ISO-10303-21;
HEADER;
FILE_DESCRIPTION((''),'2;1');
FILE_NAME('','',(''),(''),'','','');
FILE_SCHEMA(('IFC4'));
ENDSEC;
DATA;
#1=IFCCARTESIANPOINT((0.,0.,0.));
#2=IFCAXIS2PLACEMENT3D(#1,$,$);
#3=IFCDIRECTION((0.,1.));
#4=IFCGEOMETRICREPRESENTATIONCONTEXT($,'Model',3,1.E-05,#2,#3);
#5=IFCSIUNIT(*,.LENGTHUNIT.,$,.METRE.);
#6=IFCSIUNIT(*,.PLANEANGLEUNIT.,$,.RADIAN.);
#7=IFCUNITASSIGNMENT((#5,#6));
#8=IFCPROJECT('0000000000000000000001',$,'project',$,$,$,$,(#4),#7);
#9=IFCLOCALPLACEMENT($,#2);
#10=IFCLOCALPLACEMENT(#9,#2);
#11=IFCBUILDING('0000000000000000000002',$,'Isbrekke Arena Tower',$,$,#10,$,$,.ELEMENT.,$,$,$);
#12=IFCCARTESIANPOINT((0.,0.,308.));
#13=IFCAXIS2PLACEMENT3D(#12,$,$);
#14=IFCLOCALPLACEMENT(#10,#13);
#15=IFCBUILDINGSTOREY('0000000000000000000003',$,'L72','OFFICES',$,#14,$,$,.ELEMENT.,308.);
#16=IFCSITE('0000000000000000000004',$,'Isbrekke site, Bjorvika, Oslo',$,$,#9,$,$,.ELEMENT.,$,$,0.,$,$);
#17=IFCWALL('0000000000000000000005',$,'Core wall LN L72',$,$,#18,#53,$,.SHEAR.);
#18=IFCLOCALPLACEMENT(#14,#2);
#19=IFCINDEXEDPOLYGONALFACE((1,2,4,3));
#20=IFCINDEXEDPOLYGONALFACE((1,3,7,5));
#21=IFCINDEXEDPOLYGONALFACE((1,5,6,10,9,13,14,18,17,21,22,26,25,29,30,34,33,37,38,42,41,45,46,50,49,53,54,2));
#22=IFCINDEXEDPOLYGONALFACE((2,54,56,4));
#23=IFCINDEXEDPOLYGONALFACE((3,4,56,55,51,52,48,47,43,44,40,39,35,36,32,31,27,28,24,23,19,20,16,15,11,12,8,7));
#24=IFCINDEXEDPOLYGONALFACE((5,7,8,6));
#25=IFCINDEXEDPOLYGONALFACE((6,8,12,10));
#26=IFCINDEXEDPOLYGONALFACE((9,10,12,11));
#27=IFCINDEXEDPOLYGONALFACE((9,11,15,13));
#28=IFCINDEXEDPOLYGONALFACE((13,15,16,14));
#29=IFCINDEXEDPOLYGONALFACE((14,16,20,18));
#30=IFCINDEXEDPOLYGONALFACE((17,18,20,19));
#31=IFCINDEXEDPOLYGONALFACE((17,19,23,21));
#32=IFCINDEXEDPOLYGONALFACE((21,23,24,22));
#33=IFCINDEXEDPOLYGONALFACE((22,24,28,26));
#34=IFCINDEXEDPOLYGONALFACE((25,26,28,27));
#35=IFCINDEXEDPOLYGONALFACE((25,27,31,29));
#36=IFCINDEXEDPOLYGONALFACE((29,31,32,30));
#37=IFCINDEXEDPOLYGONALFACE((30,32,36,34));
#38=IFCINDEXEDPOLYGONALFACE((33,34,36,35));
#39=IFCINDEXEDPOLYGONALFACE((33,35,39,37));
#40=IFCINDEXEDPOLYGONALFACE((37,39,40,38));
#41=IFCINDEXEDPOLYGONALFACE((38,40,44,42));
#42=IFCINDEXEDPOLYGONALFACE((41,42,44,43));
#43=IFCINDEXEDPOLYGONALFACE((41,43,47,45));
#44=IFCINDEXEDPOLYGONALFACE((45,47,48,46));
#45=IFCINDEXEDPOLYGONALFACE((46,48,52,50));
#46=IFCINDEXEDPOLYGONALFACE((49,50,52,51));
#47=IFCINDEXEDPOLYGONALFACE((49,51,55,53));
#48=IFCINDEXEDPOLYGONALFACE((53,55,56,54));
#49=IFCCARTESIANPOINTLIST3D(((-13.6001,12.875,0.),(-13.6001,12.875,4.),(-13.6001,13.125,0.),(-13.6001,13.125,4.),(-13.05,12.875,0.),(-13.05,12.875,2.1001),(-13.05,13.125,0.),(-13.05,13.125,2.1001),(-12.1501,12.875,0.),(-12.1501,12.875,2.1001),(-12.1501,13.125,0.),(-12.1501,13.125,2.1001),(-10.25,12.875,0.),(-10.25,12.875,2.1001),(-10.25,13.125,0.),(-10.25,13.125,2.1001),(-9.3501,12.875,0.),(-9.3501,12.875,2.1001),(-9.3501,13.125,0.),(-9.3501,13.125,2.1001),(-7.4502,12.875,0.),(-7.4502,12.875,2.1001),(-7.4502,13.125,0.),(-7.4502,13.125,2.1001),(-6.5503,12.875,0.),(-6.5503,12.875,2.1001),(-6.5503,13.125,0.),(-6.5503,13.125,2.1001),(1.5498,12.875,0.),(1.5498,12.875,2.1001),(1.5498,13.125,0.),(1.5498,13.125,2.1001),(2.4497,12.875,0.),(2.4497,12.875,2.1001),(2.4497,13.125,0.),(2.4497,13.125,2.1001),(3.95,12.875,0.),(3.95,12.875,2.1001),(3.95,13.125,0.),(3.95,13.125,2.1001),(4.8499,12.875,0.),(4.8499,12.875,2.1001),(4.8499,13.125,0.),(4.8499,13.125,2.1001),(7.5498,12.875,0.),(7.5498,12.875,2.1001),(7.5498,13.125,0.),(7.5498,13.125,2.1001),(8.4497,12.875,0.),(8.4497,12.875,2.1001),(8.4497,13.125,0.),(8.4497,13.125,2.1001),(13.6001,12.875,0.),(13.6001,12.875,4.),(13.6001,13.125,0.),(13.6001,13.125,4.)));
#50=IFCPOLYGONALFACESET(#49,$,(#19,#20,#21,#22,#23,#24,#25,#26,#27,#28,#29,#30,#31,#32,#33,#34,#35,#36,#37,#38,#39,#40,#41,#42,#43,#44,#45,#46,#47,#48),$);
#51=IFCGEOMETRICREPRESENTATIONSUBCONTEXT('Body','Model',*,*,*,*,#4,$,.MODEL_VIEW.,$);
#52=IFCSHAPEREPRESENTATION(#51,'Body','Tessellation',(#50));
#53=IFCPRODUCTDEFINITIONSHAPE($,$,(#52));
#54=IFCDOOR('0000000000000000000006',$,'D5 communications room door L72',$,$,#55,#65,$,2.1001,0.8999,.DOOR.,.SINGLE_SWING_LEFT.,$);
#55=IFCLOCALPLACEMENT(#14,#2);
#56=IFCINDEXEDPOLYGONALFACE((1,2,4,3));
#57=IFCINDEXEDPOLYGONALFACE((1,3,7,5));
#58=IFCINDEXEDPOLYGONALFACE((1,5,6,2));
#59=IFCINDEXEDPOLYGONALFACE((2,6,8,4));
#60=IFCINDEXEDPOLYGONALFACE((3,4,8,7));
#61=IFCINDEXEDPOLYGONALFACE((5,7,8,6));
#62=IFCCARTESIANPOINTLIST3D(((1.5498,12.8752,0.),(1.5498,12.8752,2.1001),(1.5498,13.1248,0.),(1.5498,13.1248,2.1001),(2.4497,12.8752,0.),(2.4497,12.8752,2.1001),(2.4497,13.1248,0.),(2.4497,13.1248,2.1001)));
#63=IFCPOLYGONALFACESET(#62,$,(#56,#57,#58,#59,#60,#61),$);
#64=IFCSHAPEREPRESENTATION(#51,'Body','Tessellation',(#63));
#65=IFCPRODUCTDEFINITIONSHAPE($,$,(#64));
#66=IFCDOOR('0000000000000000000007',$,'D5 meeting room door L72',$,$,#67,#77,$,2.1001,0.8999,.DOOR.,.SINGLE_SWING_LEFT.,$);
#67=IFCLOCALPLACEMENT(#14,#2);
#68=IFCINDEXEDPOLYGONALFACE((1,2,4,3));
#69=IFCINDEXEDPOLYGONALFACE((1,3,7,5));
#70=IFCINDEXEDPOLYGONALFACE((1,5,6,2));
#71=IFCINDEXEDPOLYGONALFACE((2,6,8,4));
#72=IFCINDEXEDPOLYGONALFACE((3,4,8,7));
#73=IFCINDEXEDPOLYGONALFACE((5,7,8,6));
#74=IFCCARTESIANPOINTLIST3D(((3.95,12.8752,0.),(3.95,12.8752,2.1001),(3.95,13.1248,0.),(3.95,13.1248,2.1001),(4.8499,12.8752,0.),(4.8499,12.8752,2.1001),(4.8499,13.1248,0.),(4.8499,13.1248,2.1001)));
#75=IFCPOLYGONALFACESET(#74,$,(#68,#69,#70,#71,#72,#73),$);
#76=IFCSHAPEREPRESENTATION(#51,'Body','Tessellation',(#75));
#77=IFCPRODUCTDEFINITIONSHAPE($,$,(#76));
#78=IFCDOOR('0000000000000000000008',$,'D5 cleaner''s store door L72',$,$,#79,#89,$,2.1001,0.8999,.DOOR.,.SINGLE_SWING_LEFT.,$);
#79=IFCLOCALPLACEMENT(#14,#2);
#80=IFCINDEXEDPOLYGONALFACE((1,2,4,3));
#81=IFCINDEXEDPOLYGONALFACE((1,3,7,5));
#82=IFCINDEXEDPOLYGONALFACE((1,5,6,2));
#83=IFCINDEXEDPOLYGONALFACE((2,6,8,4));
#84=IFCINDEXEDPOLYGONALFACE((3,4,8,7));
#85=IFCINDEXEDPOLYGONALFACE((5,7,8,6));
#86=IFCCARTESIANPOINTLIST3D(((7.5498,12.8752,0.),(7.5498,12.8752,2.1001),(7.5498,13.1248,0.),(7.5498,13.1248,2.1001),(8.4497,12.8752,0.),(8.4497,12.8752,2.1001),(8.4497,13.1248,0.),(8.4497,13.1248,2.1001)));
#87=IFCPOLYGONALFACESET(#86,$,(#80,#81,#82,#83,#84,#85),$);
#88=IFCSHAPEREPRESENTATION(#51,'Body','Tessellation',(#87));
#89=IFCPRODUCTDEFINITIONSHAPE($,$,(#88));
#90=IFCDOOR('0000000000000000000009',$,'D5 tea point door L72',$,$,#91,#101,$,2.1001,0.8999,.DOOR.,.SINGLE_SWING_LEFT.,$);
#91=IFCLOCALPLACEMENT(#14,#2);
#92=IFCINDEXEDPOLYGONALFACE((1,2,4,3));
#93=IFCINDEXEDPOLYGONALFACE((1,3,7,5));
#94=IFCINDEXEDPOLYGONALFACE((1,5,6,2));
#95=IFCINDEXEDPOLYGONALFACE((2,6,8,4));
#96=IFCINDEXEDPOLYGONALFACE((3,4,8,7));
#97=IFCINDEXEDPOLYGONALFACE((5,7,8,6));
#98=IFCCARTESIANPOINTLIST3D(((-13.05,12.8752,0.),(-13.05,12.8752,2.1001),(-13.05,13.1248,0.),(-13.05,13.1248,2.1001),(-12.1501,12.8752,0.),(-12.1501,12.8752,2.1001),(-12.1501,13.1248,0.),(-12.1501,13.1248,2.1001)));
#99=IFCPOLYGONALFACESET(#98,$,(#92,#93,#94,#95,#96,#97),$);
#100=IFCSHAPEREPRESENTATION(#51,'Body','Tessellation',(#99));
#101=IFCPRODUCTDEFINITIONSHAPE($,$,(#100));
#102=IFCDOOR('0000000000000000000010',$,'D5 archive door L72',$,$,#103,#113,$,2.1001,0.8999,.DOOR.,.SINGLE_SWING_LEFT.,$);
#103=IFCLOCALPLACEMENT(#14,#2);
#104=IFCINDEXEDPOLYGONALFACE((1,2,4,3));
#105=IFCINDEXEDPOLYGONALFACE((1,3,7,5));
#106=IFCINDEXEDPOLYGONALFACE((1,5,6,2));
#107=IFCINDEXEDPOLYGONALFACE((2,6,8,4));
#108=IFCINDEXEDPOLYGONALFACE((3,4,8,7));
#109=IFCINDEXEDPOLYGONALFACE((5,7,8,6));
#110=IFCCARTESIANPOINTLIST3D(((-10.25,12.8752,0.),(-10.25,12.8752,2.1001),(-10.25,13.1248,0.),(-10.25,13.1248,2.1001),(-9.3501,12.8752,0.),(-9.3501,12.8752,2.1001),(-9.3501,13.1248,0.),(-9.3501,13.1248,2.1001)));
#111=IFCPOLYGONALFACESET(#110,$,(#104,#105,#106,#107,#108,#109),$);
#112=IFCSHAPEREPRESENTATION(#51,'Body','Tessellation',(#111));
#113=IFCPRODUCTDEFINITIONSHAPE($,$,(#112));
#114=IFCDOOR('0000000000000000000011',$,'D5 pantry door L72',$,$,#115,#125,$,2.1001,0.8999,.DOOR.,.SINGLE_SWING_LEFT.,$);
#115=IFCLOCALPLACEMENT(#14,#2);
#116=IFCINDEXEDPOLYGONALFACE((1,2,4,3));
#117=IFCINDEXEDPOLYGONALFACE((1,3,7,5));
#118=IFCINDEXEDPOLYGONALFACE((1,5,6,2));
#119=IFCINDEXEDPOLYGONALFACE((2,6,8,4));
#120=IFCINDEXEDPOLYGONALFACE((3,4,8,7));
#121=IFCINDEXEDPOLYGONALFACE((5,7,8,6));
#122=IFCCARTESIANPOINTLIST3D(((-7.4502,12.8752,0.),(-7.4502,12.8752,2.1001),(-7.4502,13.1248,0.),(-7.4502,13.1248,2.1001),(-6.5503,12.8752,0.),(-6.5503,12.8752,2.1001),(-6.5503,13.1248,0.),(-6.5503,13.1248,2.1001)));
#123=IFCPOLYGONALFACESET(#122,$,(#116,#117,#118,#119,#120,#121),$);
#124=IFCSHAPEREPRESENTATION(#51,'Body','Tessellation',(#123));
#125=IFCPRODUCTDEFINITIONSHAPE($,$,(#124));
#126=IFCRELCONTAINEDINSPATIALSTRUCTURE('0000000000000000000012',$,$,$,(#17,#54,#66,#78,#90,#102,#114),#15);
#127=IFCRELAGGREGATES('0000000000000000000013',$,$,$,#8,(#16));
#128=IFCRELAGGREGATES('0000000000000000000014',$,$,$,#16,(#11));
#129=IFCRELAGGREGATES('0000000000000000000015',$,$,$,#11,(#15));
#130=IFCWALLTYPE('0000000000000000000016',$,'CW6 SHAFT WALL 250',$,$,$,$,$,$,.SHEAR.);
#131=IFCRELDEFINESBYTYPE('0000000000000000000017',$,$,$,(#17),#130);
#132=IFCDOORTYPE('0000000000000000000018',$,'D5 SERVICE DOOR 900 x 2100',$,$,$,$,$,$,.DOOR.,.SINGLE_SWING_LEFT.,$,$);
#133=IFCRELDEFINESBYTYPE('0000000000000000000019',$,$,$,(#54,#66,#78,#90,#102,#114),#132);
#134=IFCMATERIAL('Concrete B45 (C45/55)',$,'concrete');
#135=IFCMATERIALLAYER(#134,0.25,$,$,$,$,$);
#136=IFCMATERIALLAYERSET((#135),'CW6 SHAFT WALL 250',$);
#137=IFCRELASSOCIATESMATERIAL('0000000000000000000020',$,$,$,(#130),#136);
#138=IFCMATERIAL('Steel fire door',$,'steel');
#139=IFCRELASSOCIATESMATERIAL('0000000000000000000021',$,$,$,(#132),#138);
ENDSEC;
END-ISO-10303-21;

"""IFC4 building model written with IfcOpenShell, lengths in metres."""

from ifc_helpers import new_model, si_unit, direction, frame, frame_2d, origin, place, context, subcontext, project, spatial, rectangle, extrude, material, layer, layer_set, type_object, element, fill, save


model = new_model("IFC4")

# Units and contexts
model_context = context("Model", 3, precision=1e-05, world=origin(), true_north=direction((0.0, 1.0)))
body_context = subcontext(model_context, "Body", "Model", "MODEL_VIEW")
ifc_project = project(units=[si_unit("LENGTHUNIT", "METRE"), si_unit("PLANEANGLEUNIT", "RADIAN")], contexts=[model_context])

# Site, building, storey
site_placement = place(None, origin())
site = spatial("IfcSite", under=ifc_project, at=site_placement, Name="Isbrekke site, Bjorvika, Oslo", CompositionType="ELEMENT", RefElevation=0.0)
building_placement = place(site_placement, origin())
building = spatial("IfcBuilding", under=site, at=building_placement, Name="Isbrekke Arena Tower", CompositionType="ELEMENT")
storey_placement = place(building_placement, frame((0.0, 0.0, 308.0)))
storey = spatial("IfcBuildingStorey", under=building, at=storey_placement, Name="L72", Description="OFFICES", CompositionType="ELEMENT", Elevation=308.0)

# Wall, openings, doors
ifc_material_1 = material(Name="Concrete B45 (C45/55)", Category="concrete")
ifc_layer_1 = layer(ifc_material_1, 0.25)
ifc_layer_set_1 = layer_set([ifc_layer_1], Name="CW6 SHAFT WALL 250")
wall_type_1 = type_object("IfcWallType", Name="CW6 SHAFT WALL 250", PredefinedType="SHEAR", material=ifc_layer_set_1)
ifc_material_2 = material(Name="Steel fire door", Category="steel")
door_type_1 = type_object("IfcDoorType", Name="D5 SERVICE DOOR 900 x 2100", OperationType="SINGLE_SWING_LEFT", PredefinedType="DOOR", material=ifc_material_2)
wall_1_placement = place(storey_placement, frame((-13.6001, 13.0, 0.0), z_axis=(0.0, 0.0, 1.0), x_axis=(1.0, 0.0, 0.0)))
wall_1 = element("IfcWall", 1, at=wall_1_placement, inside=storey, type_object=wall_type_1, Name="Core wall LN L72", PredefinedType="SHEAR", context=body_context, shape_type="SweptSolid", body=[
    extrude(rectangle(XDim=27.2002, YDim=0.25, at=frame_2d((13.6001, 0.0))), origin(), (0.0, 0.0, 1.0), 4.0),
])
opening_1_placement = place(wall_1_placement, frame((15.1499, 0.0, 0.0)))
opening_1 = element("IfcOpeningElement", 2, at=opening_1_placement, cuts=wall_1, PredefinedType="OPENING", context=body_context, shape_type="SweptSolid", body=[
    extrude(rectangle(XDim=0.8999, YDim=2.1001, at=frame_2d((0.45, 1.05))), frame((0.0, 0.1399, 0.0), z_axis=(0.0, -1.0, 0.0), x_axis=(1.0, 0.0, 0.0)), (0.0, 0.0, 1.0), 0.2798),
])
opening_2_placement = place(wall_1_placement, frame((17.55, 0.0, 0.0)))
opening_2 = element("IfcOpeningElement", 3, at=opening_2_placement, cuts=wall_1, PredefinedType="OPENING", context=body_context, shape_type="SweptSolid", body=[
    extrude(rectangle(XDim=0.8999, YDim=2.1001, at=frame_2d((0.45, 1.05))), frame((0.0, 0.1399, 0.0), z_axis=(0.0, -1.0, 0.0), x_axis=(1.0, 0.0, 0.0)), (0.0, 0.0, 1.0), 0.2798),
])
opening_3_placement = place(wall_1_placement, frame((21.1499, 0.0, 0.0)))
opening_3 = element("IfcOpeningElement", 4, at=opening_3_placement, cuts=wall_1, PredefinedType="OPENING", context=body_context, shape_type="SweptSolid", body=[
    extrude(rectangle(XDim=0.8999, YDim=2.1001, at=frame_2d((0.45, 1.05))), frame((0.0, 0.1399, 0.0), z_axis=(0.0, -1.0, 0.0), x_axis=(1.0, 0.0, 0.0)), (0.0, 0.0, 1.0), 0.2798),
])
opening_4_placement = place(wall_1_placement, frame((0.55, 0.0, 0.0)))
opening_4 = element("IfcOpeningElement", 5, at=opening_4_placement, cuts=wall_1, PredefinedType="OPENING", context=body_context, shape_type="SweptSolid", body=[
    extrude(rectangle(XDim=0.8999, YDim=2.1001, at=frame_2d((0.45, 1.05))), frame((0.0, 0.1399, 0.0), z_axis=(0.0, -1.0, 0.0), x_axis=(1.0, 0.0, 0.0)), (0.0, 0.0, 1.0), 0.2798),
])
opening_5_placement = place(wall_1_placement, frame((3.3501, 0.0, 0.0)))
opening_5 = element("IfcOpeningElement", 6, at=opening_5_placement, cuts=wall_1, PredefinedType="OPENING", context=body_context, shape_type="SweptSolid", body=[
    extrude(rectangle(XDim=0.8999, YDim=2.1001, at=frame_2d((0.45, 1.05))), frame((0.0, 0.1399, 0.0), z_axis=(0.0, -1.0, 0.0), x_axis=(1.0, 0.0, 0.0)), (0.0, 0.0, 1.0), 0.2798),
])
opening_6_placement = place(wall_1_placement, frame((6.1499, 0.0, 0.0)))
opening_6 = element("IfcOpeningElement", 7, at=opening_6_placement, cuts=wall_1, PredefinedType="OPENING", context=body_context, shape_type="SweptSolid", body=[
    extrude(rectangle(XDim=0.8999, YDim=2.1001, at=frame_2d((0.45, 1.05))), frame((0.0, 0.1399, 0.0), z_axis=(0.0, -1.0, 0.0), x_axis=(1.0, 0.0, 0.0)), (0.0, 0.0, 1.0), 0.2798),
])
door_1_placement = place(opening_1_placement, origin())
door_1 = element("IfcDoor", 8, at=door_1_placement, inside=storey, type_object=door_type_1, Name="D5 communications room door L72", OperationType="SINGLE_SWING_LEFT", OverallHeight=2.1001, OverallWidth=0.8999, PredefinedType="DOOR", context=body_context, shape_type="SweptSolid", body=[
    extrude(rectangle(XDim=0.8999, YDim=2.1001, at=frame_2d((0.45, 1.05))), frame((0.0, 0.1248, 0.0), z_axis=(0.0, -1.0, 0.0), x_axis=(1.0, 0.0, 0.0)), (0.0, 0.0, 1.0), 0.2495),
])
fill(opening_1, door_1)
door_2_placement = place(opening_2_placement, origin())
door_2 = element("IfcDoor", 9, at=door_2_placement, inside=storey, type_object=door_type_1, Name="D5 meeting room door L72", OperationType="SINGLE_SWING_LEFT", OverallHeight=2.1001, OverallWidth=0.8999, PredefinedType="DOOR", context=body_context, shape_type="SweptSolid", body=[
    extrude(rectangle(XDim=0.8999, YDim=2.1001, at=frame_2d((0.45, 1.05))), frame((0.0, 0.1248, 0.0), z_axis=(0.0, -1.0, 0.0), x_axis=(1.0, 0.0, 0.0)), (0.0, 0.0, 1.0), 0.2495),
])
fill(opening_2, door_2)
door_3_placement = place(opening_3_placement, origin())
door_3 = element("IfcDoor", 10, at=door_3_placement, inside=storey, type_object=door_type_1, Name="D5 cleaner's store door L72", OperationType="SINGLE_SWING_LEFT", OverallHeight=2.1001, OverallWidth=0.8999, PredefinedType="DOOR", context=body_context, shape_type="SweptSolid", body=[
    extrude(rectangle(XDim=0.8999, YDim=2.1001, at=frame_2d((0.45, 1.05))), frame((0.0, 0.1248, 0.0), z_axis=(0.0, -1.0, 0.0), x_axis=(1.0, 0.0, 0.0)), (0.0, 0.0, 1.0), 0.2495),
])
fill(opening_3, door_3)
door_4_placement = place(opening_4_placement, origin())
door_4 = element("IfcDoor", 11, at=door_4_placement, inside=storey, type_object=door_type_1, Name="D5 tea point door L72", OperationType="SINGLE_SWING_LEFT", OverallHeight=2.1001, OverallWidth=0.8999, PredefinedType="DOOR", context=body_context, shape_type="SweptSolid", body=[
    extrude(rectangle(XDim=0.8999, YDim=2.1001, at=frame_2d((0.45, 1.05))), frame((0.0, 0.1248, 0.0), z_axis=(0.0, -1.0, 0.0), x_axis=(1.0, 0.0, 0.0)), (0.0, 0.0, 1.0), 0.2495),
])
fill(opening_4, door_4)
door_5_placement = place(opening_5_placement, origin())
door_5 = element("IfcDoor", 12, at=door_5_placement, inside=storey, type_object=door_type_1, Name="D5 archive door L72", OperationType="SINGLE_SWING_LEFT", OverallHeight=2.1001, OverallWidth=0.8999, PredefinedType="DOOR", context=body_context, shape_type="SweptSolid", body=[
    extrude(rectangle(XDim=0.8999, YDim=2.1001, at=frame_2d((0.45, 1.05))), frame((0.0, 0.1248, 0.0), z_axis=(0.0, -1.0, 0.0), x_axis=(1.0, 0.0, 0.0)), (0.0, 0.0, 1.0), 0.2495),
])
fill(opening_5, door_5)
door_6_placement = place(opening_6_placement, origin())
door_6 = element("IfcDoor", 13, at=door_6_placement, inside=storey, type_object=door_type_1, Name="D5 pantry door L72", OperationType="SINGLE_SWING_LEFT", OverallHeight=2.1001, OverallWidth=0.8999, PredefinedType="DOOR", context=body_context, shape_type="SweptSolid", body=[
    extrude(rectangle(XDim=0.8999, YDim=2.1001, at=frame_2d((0.45, 1.05))), frame((0.0, 0.1248, 0.0), z_axis=(0.0, -1.0, 0.0), x_axis=(1.0, 0.0, 0.0)), (0.0, 0.0, 1.0), 0.2495),
])
fill(opening_6, door_6)

save(model, "model.ifc")
